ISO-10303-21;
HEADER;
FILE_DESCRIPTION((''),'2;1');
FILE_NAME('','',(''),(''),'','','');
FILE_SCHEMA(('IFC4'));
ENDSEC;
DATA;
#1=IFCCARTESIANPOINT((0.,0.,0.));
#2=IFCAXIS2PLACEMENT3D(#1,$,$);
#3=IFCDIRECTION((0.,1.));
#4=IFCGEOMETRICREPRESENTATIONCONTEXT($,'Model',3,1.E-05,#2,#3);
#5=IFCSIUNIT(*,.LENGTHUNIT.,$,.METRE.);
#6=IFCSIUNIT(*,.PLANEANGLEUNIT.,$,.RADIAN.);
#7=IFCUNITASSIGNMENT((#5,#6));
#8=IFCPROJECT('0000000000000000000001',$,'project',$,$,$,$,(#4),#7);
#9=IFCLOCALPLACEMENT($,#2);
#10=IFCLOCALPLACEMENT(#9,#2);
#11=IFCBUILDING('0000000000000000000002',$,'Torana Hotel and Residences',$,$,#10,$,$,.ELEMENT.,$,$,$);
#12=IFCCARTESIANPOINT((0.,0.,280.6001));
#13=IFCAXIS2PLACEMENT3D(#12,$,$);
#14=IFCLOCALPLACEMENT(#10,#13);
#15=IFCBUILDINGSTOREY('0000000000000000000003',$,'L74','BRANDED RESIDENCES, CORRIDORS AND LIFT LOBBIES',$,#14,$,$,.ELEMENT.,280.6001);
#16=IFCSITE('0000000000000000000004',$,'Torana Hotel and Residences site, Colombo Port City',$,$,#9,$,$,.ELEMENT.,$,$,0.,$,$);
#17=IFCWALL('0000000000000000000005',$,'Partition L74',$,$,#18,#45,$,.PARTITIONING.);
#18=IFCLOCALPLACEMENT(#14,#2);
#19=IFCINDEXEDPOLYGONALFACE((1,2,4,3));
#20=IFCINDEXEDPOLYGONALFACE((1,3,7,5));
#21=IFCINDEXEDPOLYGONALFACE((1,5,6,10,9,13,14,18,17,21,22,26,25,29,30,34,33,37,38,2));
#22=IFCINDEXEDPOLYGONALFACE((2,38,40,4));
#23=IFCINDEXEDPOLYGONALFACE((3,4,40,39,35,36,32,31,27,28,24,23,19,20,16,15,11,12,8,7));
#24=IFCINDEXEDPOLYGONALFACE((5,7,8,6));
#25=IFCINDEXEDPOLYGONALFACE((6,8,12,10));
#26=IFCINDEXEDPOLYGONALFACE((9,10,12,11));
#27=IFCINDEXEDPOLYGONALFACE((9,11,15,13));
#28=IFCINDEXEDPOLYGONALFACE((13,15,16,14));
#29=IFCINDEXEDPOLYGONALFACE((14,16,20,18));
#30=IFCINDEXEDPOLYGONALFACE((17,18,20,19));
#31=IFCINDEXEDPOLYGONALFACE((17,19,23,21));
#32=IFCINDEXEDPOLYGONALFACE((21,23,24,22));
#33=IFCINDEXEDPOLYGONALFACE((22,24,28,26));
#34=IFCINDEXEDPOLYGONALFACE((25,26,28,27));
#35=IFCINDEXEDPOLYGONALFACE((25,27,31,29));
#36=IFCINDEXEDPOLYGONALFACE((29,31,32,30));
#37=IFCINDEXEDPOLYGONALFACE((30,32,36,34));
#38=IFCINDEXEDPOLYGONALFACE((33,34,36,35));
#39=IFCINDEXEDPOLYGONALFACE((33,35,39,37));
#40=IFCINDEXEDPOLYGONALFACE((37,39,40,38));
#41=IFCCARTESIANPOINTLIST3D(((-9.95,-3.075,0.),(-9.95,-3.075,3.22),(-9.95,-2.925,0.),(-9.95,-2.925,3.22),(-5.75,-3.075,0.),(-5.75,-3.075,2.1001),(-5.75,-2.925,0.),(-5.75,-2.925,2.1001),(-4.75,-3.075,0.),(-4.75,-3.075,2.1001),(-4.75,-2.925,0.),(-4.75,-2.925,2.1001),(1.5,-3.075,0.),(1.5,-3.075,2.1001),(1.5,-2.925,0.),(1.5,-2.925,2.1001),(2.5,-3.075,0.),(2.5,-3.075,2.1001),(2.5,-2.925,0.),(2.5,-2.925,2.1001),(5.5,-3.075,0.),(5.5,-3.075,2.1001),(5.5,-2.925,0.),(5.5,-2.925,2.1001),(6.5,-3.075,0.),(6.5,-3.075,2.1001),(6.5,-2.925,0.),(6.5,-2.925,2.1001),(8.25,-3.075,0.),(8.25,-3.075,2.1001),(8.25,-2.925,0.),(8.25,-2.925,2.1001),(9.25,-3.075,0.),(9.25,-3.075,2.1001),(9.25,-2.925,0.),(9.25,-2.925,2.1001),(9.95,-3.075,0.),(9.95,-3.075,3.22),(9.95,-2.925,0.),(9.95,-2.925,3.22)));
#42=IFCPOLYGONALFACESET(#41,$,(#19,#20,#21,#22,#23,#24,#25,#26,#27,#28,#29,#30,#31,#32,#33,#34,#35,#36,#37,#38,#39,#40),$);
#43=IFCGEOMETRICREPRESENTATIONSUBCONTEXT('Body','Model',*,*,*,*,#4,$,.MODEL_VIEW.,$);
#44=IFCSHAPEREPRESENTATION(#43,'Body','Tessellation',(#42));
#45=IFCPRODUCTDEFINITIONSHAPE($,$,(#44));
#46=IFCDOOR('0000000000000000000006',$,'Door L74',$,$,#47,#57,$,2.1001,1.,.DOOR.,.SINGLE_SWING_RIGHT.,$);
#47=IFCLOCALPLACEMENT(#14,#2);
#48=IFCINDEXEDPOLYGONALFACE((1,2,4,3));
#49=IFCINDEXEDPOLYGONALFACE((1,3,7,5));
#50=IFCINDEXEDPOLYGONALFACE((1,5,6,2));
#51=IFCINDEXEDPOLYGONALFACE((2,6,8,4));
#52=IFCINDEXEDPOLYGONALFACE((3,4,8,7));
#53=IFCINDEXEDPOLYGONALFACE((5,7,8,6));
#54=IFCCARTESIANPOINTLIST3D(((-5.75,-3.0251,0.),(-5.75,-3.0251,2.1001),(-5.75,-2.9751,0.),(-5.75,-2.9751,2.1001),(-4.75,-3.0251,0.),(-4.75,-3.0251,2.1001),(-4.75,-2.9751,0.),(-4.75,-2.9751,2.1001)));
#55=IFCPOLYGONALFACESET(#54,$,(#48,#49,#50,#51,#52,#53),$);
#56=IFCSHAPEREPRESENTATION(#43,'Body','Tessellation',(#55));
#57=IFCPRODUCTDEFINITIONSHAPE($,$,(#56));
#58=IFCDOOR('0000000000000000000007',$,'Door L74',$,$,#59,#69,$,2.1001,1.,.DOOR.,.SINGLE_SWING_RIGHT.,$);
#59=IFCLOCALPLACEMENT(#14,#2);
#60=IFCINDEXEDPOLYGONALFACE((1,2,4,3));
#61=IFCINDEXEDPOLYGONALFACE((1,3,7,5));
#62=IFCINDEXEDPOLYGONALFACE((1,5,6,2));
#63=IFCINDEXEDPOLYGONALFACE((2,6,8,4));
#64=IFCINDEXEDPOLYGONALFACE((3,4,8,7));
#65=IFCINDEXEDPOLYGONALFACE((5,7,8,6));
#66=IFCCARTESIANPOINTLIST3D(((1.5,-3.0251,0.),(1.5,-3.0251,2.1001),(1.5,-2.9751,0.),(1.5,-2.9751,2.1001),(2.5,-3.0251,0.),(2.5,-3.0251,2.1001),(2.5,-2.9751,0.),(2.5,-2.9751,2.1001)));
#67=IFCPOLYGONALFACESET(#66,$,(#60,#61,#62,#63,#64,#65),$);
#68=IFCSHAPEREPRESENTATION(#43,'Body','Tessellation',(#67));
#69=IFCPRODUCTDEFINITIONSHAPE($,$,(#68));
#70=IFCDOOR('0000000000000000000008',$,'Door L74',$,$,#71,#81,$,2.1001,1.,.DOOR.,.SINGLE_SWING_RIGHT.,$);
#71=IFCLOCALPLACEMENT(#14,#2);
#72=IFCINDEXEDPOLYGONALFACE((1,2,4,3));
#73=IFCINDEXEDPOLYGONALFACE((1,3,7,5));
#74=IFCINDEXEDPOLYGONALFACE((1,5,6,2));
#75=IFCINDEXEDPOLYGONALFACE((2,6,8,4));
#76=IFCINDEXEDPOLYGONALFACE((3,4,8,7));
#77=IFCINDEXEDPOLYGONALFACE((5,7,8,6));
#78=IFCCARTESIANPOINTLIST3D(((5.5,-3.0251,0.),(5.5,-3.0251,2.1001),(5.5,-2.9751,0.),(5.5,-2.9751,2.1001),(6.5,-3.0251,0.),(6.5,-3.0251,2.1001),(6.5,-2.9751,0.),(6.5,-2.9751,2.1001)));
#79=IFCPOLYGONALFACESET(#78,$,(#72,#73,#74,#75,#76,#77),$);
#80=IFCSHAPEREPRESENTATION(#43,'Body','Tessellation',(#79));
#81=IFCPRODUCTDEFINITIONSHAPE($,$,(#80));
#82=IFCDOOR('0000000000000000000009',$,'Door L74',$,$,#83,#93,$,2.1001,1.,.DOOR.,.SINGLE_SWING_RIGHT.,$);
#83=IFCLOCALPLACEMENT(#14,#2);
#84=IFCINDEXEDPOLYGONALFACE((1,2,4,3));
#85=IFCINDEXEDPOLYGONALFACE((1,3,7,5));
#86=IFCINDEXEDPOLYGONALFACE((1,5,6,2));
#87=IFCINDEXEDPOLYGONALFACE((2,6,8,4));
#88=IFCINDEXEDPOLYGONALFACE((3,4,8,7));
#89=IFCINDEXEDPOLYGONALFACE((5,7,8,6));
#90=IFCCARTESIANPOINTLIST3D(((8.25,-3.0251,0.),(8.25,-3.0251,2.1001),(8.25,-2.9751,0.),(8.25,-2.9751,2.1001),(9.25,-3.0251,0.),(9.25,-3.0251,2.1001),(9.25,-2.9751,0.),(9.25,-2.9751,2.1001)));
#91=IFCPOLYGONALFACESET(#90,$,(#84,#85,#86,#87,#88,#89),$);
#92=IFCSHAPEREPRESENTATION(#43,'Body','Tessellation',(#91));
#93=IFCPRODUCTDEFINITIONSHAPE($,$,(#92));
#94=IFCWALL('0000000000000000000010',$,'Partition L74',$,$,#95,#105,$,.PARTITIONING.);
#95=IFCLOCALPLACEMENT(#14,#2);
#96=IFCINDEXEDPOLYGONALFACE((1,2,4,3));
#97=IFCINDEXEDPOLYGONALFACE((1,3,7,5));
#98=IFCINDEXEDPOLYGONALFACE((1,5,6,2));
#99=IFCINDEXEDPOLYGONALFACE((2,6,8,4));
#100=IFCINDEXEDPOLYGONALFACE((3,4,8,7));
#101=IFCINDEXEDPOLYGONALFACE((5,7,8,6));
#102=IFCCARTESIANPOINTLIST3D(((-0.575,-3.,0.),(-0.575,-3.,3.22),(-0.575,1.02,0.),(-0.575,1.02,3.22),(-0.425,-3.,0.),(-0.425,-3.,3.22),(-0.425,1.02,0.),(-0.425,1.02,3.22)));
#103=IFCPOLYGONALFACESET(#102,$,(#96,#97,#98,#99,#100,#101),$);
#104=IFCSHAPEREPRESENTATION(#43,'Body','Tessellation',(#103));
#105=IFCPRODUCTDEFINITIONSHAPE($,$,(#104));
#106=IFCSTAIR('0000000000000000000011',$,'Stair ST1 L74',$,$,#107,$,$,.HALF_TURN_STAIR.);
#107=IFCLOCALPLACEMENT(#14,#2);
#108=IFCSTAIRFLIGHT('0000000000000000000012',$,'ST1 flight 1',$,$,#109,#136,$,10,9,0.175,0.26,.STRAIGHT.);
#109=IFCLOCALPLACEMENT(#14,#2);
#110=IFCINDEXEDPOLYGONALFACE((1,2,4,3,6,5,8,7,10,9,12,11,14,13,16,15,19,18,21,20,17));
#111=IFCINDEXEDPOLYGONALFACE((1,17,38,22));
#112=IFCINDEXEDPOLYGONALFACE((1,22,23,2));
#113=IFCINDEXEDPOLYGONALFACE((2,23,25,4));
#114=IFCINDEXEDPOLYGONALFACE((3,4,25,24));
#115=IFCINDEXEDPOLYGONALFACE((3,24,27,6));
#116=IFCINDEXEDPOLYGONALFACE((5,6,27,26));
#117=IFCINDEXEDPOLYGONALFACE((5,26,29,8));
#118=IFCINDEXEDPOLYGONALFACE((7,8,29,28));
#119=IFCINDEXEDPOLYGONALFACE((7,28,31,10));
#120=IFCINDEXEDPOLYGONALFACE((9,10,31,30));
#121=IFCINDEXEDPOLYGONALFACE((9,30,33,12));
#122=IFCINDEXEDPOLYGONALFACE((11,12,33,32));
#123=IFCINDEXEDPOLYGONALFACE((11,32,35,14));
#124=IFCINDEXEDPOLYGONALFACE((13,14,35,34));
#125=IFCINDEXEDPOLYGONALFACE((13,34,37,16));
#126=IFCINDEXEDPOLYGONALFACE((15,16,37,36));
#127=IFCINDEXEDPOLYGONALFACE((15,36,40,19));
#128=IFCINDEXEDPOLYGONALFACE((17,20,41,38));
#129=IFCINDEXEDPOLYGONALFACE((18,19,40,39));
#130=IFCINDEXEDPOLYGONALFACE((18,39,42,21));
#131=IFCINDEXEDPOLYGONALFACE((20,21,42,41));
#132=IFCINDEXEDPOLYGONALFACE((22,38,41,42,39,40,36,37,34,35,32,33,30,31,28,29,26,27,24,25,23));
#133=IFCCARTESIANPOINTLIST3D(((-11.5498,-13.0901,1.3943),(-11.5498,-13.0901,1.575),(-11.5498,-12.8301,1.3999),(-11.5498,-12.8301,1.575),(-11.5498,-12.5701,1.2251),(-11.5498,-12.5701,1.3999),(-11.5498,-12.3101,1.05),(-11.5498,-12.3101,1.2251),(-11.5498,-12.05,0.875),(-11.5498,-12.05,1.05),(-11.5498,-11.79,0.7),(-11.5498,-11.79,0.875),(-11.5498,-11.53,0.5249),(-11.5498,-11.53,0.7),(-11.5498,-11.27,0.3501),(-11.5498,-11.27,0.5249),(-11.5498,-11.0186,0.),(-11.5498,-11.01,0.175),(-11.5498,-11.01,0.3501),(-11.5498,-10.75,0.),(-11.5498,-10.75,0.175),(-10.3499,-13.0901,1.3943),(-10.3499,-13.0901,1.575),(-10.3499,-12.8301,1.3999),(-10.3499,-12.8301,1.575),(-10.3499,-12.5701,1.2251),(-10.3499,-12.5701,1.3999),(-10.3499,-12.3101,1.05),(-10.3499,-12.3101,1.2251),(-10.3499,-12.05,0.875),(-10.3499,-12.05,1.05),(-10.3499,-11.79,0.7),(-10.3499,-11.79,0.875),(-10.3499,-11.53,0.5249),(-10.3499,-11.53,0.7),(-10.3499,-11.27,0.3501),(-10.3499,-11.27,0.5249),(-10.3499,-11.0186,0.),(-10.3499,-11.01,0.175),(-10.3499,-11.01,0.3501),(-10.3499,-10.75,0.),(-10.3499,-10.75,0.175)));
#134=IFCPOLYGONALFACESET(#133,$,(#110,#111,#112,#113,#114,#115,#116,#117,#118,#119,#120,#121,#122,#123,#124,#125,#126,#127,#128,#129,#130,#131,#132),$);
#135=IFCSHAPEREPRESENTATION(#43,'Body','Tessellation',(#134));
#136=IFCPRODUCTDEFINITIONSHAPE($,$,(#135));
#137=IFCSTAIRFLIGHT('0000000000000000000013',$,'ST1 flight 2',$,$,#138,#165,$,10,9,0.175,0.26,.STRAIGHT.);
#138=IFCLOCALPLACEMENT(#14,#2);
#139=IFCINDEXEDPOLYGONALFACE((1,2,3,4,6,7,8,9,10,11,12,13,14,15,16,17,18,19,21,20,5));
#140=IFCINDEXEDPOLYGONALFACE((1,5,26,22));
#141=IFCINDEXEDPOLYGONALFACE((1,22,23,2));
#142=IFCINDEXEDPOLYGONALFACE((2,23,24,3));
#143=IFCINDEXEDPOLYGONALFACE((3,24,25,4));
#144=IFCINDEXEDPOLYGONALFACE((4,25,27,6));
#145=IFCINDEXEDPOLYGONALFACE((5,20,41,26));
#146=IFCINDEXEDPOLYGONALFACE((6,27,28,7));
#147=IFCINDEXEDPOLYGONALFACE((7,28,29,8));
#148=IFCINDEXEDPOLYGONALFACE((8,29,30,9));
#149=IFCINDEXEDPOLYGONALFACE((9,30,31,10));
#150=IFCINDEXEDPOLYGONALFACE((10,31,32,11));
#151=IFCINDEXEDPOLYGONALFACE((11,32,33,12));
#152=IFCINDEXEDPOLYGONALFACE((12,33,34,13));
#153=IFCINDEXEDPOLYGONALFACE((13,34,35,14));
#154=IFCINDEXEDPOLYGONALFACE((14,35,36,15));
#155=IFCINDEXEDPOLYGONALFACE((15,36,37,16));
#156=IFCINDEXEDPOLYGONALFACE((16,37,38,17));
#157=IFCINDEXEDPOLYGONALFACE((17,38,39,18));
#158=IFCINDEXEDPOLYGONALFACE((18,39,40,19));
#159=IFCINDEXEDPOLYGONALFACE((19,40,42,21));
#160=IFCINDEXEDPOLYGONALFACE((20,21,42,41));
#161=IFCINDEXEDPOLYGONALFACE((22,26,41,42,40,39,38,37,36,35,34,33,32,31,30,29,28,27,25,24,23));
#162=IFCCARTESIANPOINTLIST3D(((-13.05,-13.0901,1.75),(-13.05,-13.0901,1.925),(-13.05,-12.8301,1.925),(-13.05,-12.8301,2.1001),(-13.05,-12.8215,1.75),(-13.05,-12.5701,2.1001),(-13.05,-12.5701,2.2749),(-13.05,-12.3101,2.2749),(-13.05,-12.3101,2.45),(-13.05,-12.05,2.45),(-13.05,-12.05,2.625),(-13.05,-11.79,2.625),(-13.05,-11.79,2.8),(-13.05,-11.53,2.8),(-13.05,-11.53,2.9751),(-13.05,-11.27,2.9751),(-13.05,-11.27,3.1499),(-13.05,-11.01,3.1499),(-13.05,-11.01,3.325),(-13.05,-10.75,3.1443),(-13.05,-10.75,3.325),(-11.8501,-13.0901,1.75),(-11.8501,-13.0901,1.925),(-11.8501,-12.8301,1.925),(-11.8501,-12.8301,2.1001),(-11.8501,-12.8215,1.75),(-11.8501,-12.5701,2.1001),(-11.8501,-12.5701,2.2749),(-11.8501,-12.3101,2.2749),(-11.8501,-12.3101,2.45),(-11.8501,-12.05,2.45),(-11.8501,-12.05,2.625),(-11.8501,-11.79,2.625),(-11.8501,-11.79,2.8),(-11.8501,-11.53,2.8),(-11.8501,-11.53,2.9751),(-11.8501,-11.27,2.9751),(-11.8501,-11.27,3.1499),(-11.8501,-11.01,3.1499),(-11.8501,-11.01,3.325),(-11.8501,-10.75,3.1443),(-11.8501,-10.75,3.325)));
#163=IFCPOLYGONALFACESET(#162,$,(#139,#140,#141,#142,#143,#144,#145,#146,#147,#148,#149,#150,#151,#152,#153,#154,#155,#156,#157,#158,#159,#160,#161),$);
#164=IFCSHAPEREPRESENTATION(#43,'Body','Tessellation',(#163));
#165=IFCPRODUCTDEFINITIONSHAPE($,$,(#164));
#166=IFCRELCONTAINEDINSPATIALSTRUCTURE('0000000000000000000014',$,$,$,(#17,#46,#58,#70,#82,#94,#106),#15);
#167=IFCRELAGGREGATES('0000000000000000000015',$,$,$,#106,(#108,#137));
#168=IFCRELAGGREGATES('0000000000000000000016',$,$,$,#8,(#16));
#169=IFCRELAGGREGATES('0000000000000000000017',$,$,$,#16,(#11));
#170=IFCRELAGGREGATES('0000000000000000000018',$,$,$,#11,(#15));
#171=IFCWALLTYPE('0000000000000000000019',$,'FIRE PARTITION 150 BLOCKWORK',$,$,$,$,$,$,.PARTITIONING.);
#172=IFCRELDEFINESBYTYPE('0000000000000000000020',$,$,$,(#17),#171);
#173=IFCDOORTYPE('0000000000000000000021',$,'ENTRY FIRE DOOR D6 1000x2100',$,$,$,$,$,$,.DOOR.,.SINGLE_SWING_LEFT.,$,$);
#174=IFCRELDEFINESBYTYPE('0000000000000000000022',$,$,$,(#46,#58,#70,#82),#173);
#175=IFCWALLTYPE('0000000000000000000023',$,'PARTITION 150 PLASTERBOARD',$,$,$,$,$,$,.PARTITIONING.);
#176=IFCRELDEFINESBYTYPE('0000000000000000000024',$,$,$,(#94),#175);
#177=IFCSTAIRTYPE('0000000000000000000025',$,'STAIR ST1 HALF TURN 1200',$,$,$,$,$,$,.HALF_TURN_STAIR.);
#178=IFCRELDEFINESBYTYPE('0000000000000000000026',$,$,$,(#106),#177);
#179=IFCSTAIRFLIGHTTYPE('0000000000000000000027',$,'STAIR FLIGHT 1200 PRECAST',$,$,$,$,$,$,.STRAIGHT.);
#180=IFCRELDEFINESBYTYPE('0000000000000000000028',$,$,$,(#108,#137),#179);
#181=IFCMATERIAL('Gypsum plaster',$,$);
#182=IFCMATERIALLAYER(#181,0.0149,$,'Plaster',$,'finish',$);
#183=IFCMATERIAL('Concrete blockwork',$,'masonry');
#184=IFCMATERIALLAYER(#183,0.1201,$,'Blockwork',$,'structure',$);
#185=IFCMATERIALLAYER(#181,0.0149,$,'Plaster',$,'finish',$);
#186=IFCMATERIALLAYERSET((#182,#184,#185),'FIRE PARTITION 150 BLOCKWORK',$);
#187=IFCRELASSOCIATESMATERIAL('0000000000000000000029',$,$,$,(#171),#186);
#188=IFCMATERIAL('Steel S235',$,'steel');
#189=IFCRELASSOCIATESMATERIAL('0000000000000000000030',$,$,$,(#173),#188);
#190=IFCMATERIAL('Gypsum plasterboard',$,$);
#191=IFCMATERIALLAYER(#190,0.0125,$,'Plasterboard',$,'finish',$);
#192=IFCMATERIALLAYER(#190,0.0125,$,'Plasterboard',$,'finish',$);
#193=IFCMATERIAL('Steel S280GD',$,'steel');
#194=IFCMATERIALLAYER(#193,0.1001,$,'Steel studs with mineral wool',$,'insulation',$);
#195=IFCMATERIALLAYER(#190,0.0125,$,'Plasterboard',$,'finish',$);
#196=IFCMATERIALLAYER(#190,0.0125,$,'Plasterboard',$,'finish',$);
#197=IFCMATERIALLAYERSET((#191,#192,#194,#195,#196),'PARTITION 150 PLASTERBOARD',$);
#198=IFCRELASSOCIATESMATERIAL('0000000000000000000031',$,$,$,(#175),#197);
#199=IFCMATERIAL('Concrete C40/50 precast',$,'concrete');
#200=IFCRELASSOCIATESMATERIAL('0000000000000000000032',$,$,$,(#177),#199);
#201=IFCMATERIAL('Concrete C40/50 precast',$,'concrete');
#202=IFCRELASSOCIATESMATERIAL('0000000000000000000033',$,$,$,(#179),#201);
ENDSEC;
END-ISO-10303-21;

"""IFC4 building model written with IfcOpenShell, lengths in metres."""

from ifc_helpers import new_model, si_unit, direction, frame, frame_2d, origin, place, context, subcontext, project, spatial, polyline, rectangle, outline, extrude, material, layer, layer_set, type_object, element, fill, aggregate, save


model = new_model("IFC4")

# Units and contexts
model_context = context("Model", 3, precision=1e-05, world=origin(), true_north=direction((0.0, 1.0)))
body_context = subcontext(model_context, "Body", "Model", "MODEL_VIEW")
ifc_project = project(units=[si_unit("LENGTHUNIT", "METRE"), si_unit("PLANEANGLEUNIT", "RADIAN")], contexts=[model_context])

# Site, building, storey
site_placement = place(None, origin())
site = spatial("IfcSite", under=ifc_project, at=site_placement, Name="Torana Hotel and Residences site, Colombo Port City", CompositionType="ELEMENT", RefElevation=0.0)
building_placement = place(site_placement, origin())
building = spatial("IfcBuilding", under=site, at=building_placement, Name="Torana Hotel and Residences", CompositionType="ELEMENT")
storey_placement = place(building_placement, frame((0.0, 0.0, 280.6001)))
storey = spatial("IfcBuildingStorey", under=building, at=storey_placement, Name="L74", Description="BRANDED RESIDENCES, CORRIDORS AND LIFT LOBBIES", CompositionType="ELEMENT", Elevation=280.6001)

# Shared definitions
ifc_material_1 = material(Name="Gypsum plaster")
ifc_layer_1 = layer(ifc_material_1, 0.0149, Name="Plaster", Category="finish")
ifc_material_2 = material(Name="Concrete blockwork", Category="masonry")
ifc_layer_2 = layer(ifc_material_2, 0.1201, Name="Blockwork", Category="structure")
ifc_layer_3 = layer(ifc_material_1, 0.0149, Name="Plaster", Category="finish")
ifc_layer_set_1 = layer_set([ifc_layer_1, ifc_layer_2, ifc_layer_3], Name="FIRE PARTITION 150 BLOCKWORK")
wall_type_1 = type_object("IfcWallType", Name="FIRE PARTITION 150 BLOCKWORK", PredefinedType="PARTITIONING", material=ifc_layer_set_1)

# Wall, openings, doors
ifc_material_3 = material(Name="Steel S235", Category="steel")
door_type_1 = type_object("IfcDoorType", Name="ENTRY FIRE DOOR D6 1000x2100", OperationType="SINGLE_SWING_LEFT", PredefinedType="DOOR", material=ifc_material_3)
wall_1_placement = place(storey_placement, frame((-9.95, -3.0, 0.0), z_axis=(0.0, 0.0, 1.0), x_axis=(1.0, 0.0, 0.0)))
wall_1 = element("IfcWall", 1, at=wall_1_placement, inside=storey, type_object=wall_type_1, Name="Partition L74", PredefinedType="PARTITIONING", context=body_context, shape_type="SweptSolid", body=[
    extrude(rectangle(XDim=19.8999, YDim=0.1499, at=frame_2d((9.95, 0.0))), origin(), (0.0, 0.0, 1.0), 3.22),
])
opening_1_placement = place(wall_1_placement, frame((4.2, 0.0, 0.0)))
opening_1 = element("IfcOpeningElement", 2, at=opening_1_placement, cuts=wall_1, PredefinedType="OPENING", context=body_context, shape_type="SweptSolid", body=[
    extrude(rectangle(XDim=1.0, YDim=2.1001, at=frame_2d((0.5, 1.05))), frame((0.0, 0.085, 0.0), z_axis=(0.0, -1.0, 0.0), x_axis=(1.0, 0.0, 0.0)), (0.0, 0.0, 1.0), 0.1699),
])
opening_2_placement = place(wall_1_placement, frame((11.45, 0.0, 0.0)))
opening_2 = element("IfcOpeningElement", 3, at=opening_2_placement, cuts=wall_1, PredefinedType="OPENING", context=body_context, shape_type="SweptSolid", body=[
    extrude(rectangle(XDim=1.0, YDim=2.1001, at=frame_2d((0.5, 1.05))), frame((0.0, 0.085, 0.0), z_axis=(0.0, -1.0, 0.0), x_axis=(1.0, 0.0, 0.0)), (0.0, 0.0, 1.0), 0.1699),
])
opening_3_placement = place(wall_1_placement, frame((15.45, 0.0, 0.0)))
opening_3 = element("IfcOpeningElement", 4, at=opening_3_placement, cuts=wall_1, PredefinedType="OPENING", context=body_context, shape_type="SweptSolid", body=[
    extrude(rectangle(XDim=1.0, YDim=2.1001, at=frame_2d((0.5, 1.05))), frame((0.0, 0.085, 0.0), z_axis=(0.0, -1.0, 0.0), x_axis=(1.0, 0.0, 0.0)), (0.0, 0.0, 1.0), 0.1699),
])
opening_4_placement = place(wall_1_placement, frame((18.2, 0.0, 0.0)))
opening_4 = element("IfcOpeningElement", 5, at=opening_4_placement, cuts=wall_1, PredefinedType="OPENING", context=body_context, shape_type="SweptSolid", body=[
    extrude(rectangle(XDim=1.0, YDim=2.1001, at=frame_2d((0.5, 1.05))), frame((0.0, 0.085, 0.0), z_axis=(0.0, -1.0, 0.0), x_axis=(1.0, 0.0, 0.0)), (0.0, 0.0, 1.0), 0.1699),
])
door_1_placement = place(opening_1_placement, origin())
door_1 = element("IfcDoor", 6, at=door_1_placement, inside=storey, type_object=door_type_1, Name="Door L74", OperationType="SINGLE_SWING_RIGHT", OverallHeight=2.1001, OverallWidth=1.0, PredefinedType="DOOR", context=body_context, shape_type="SweptSolid", body=[
    extrude(rectangle(XDim=1.0, YDim=2.1001, at=frame_2d((0.5, 1.05))), frame((0.0, 0.0249, 0.0), z_axis=(0.0, -1.0, 0.0), x_axis=(1.0, 0.0, 0.0)), (0.0, 0.0, 1.0), 0.05),
])
fill(opening_1, door_1)
door_2_placement = place(opening_2_placement, origin())
door_2 = element("IfcDoor", 7, at=door_2_placement, inside=storey, type_object=door_type_1, Name="Door L74", OperationType="SINGLE_SWING_RIGHT", OverallHeight=2.1001, OverallWidth=1.0, PredefinedType="DOOR", context=body_context, shape_type="SweptSolid", body=[
    extrude(rectangle(XDim=1.0, YDim=2.1001, at=frame_2d((0.5, 1.05))), frame((0.0, 0.0249, 0.0), z_axis=(0.0, -1.0, 0.0), x_axis=(1.0, 0.0, 0.0)), (0.0, 0.0, 1.0), 0.05),
])
fill(opening_2, door_2)
door_3_placement = place(opening_3_placement, origin())
door_3 = element("IfcDoor", 8, at=door_3_placement, inside=storey, type_object=door_type_1, Name="Door L74", OperationType="SINGLE_SWING_RIGHT", OverallHeight=2.1001, OverallWidth=1.0, PredefinedType="DOOR", context=body_context, shape_type="SweptSolid", body=[
    extrude(rectangle(XDim=1.0, YDim=2.1001, at=frame_2d((0.5, 1.05))), frame((0.0, 0.0249, 0.0), z_axis=(0.0, -1.0, 0.0), x_axis=(1.0, 0.0, 0.0)), (0.0, 0.0, 1.0), 0.05),
])
fill(opening_3, door_3)
door_4_placement = place(opening_4_placement, origin())
door_4 = element("IfcDoor", 9, at=door_4_placement, inside=storey, type_object=door_type_1, Name="Door L74", OperationType="SINGLE_SWING_RIGHT", OverallHeight=2.1001, OverallWidth=1.0, PredefinedType="DOOR", context=body_context, shape_type="SweptSolid", body=[
    extrude(rectangle(XDim=1.0, YDim=2.1001, at=frame_2d((0.5, 1.05))), frame((0.0, 0.0249, 0.0), z_axis=(0.0, -1.0, 0.0), x_axis=(1.0, 0.0, 0.0)), (0.0, 0.0, 1.0), 0.05),
])
fill(opening_4, door_4)

# Wall
ifc_material_4 = material(Name="Gypsum plasterboard")
ifc_layer_4 = layer(ifc_material_4, 0.0125, Name="Plasterboard", Category="finish")
ifc_layer_5 = layer(ifc_material_4, 0.0125, Name="Plasterboard", Category="finish")
ifc_material_5 = material(Name="Steel S280GD", Category="steel")
ifc_layer_6 = layer(ifc_material_5, 0.1001, Name="Steel studs with mineral wool", Category="insulation")
ifc_layer_7 = layer(ifc_material_4, 0.0125, Name="Plasterboard", Category="finish")
ifc_layer_8 = layer(ifc_material_4, 0.0125, Name="Plasterboard", Category="finish")
ifc_layer_set_2 = layer_set([ifc_layer_4, ifc_layer_5, ifc_layer_6, ifc_layer_7, ifc_layer_8], Name="PARTITION 150 PLASTERBOARD")
wall_type_2 = type_object("IfcWallType", Name="PARTITION 150 PLASTERBOARD", PredefinedType="PARTITIONING", material=ifc_layer_set_2)
wall_2_placement = place(storey_placement, frame((-0.5, -3.0, 0.0), z_axis=(0.0, 0.0, 1.0), x_axis=(0.0, 1.0, 0.0)))
element("IfcWall", 10, at=wall_2_placement, inside=storey, type_object=wall_type_2, Name="Partition L74", PredefinedType="PARTITIONING", context=body_context, shape_type="SweptSolid", body=[
    extrude(rectangle(XDim=4.02, YDim=0.1499, at=frame_2d((2.01, 0.0))), origin(), (0.0, 0.0, 1.0), 3.22),
])

# Stair, stair flights
ifc_material_6 = material(Name="Concrete C40/50 precast", Category="concrete")
stair_type = type_object("IfcStairType", Name="STAIR ST1 HALF TURN 1200", PredefinedType="HALF_TURN_STAIR", material=ifc_material_6)
stair_placement = place(storey_placement, origin())
stair = element("IfcStair", 11, at=stair_placement, inside=storey, type_object=stair_type, Name="Stair ST1 L74", PredefinedType="HALF_TURN_STAIR")
ifc_material_7 = material(Name="Concrete C40/50 precast", Category="concrete")
stair_flight_type = type_object("IfcStairFlightType", Name="STAIR FLIGHT 1200 PRECAST", PredefinedType="STRAIGHT", material=ifc_material_7)
stair_flight_1_placement = place(storey_placement, frame((-10.95, -10.75, 0.0), z_axis=(0.0, 0.0, 1.0), x_axis=(0.0, -1.0, 0.0)))
stair_flight_1 = element("IfcStairFlight", 12, at=stair_flight_1_placement, type_object=stair_flight_type, Name="ST1 flight 1", NumberOfRisers=10, NumberOfTreads=9, PredefinedType="STRAIGHT", RiserHeight=0.175, TreadLength=0.26, context=body_context, shape_type="SweptSolid", body=[
    extrude(outline(polyline([(0.0, 0.0), (0.0, 0.175), (0.26, 0.175), (0.26, 0.3501), (0.52, 0.3501), (0.52, 0.5249), (0.78, 0.5249), (0.78, 0.7), (1.04, 0.7), (1.04, 0.875), (1.3, 0.875), (1.3, 1.05), (1.5601, 1.05), (1.5601, 1.2251), (1.8201, 1.2251), (1.8201, 1.3999), (2.0801, 1.3999), (2.0801, 1.575), (2.3401, 1.575), (2.3401, 1.75), (2.3401, 1.3943), (0.2686, 0.0), (0.0, 0.0)])), frame((0.0, 0.6001, 0.0), z_axis=(0.0, -1.0, 0.0), x_axis=(1.0, 0.0, 0.0)), (0.0, 0.0, 1.0), 1.2),
])
stair_flight_2_placement = place(storey_placement, frame((-12.45, -13.0901, 1.75), z_axis=(0.0, 0.0, 1.0), x_axis=(0.0, 1.0, 0.0)))
stair_flight_2 = element("IfcStairFlight", 13, at=stair_flight_2_placement, type_object=stair_flight_type, Name="ST1 flight 2", NumberOfRisers=10, NumberOfTreads=9, PredefinedType="STRAIGHT", RiserHeight=0.175, TreadLength=0.26, context=body_context, shape_type="SweptSolid", body=[
    extrude(outline(polyline([(0.0, 0.0), (0.0, 0.175), (0.26, 0.175), (0.26, 0.3501), (0.52, 0.3501), (0.52, 0.5249), (0.78, 0.5249), (0.78, 0.7), (1.04, 0.7), (1.04, 0.875), (1.3, 0.875), (1.3, 1.05), (1.5601, 1.05), (1.5601, 1.2251), (1.8201, 1.2251), (1.8201, 1.3999), (2.0801, 1.3999), (2.0801, 1.575), (2.3401, 1.575), (2.3401, 1.75), (2.3401, 1.3943), (0.2686, 0.0), (0.0, 0.0)])), frame((0.0, 0.6001, 0.0), z_axis=(0.0, -1.0, 0.0), x_axis=(1.0, 0.0, 0.0)), (0.0, 0.0, 1.0), 1.2),
])
aggregate(stair, [stair_flight_1, stair_flight_2])

save(model, "model.ifc")
